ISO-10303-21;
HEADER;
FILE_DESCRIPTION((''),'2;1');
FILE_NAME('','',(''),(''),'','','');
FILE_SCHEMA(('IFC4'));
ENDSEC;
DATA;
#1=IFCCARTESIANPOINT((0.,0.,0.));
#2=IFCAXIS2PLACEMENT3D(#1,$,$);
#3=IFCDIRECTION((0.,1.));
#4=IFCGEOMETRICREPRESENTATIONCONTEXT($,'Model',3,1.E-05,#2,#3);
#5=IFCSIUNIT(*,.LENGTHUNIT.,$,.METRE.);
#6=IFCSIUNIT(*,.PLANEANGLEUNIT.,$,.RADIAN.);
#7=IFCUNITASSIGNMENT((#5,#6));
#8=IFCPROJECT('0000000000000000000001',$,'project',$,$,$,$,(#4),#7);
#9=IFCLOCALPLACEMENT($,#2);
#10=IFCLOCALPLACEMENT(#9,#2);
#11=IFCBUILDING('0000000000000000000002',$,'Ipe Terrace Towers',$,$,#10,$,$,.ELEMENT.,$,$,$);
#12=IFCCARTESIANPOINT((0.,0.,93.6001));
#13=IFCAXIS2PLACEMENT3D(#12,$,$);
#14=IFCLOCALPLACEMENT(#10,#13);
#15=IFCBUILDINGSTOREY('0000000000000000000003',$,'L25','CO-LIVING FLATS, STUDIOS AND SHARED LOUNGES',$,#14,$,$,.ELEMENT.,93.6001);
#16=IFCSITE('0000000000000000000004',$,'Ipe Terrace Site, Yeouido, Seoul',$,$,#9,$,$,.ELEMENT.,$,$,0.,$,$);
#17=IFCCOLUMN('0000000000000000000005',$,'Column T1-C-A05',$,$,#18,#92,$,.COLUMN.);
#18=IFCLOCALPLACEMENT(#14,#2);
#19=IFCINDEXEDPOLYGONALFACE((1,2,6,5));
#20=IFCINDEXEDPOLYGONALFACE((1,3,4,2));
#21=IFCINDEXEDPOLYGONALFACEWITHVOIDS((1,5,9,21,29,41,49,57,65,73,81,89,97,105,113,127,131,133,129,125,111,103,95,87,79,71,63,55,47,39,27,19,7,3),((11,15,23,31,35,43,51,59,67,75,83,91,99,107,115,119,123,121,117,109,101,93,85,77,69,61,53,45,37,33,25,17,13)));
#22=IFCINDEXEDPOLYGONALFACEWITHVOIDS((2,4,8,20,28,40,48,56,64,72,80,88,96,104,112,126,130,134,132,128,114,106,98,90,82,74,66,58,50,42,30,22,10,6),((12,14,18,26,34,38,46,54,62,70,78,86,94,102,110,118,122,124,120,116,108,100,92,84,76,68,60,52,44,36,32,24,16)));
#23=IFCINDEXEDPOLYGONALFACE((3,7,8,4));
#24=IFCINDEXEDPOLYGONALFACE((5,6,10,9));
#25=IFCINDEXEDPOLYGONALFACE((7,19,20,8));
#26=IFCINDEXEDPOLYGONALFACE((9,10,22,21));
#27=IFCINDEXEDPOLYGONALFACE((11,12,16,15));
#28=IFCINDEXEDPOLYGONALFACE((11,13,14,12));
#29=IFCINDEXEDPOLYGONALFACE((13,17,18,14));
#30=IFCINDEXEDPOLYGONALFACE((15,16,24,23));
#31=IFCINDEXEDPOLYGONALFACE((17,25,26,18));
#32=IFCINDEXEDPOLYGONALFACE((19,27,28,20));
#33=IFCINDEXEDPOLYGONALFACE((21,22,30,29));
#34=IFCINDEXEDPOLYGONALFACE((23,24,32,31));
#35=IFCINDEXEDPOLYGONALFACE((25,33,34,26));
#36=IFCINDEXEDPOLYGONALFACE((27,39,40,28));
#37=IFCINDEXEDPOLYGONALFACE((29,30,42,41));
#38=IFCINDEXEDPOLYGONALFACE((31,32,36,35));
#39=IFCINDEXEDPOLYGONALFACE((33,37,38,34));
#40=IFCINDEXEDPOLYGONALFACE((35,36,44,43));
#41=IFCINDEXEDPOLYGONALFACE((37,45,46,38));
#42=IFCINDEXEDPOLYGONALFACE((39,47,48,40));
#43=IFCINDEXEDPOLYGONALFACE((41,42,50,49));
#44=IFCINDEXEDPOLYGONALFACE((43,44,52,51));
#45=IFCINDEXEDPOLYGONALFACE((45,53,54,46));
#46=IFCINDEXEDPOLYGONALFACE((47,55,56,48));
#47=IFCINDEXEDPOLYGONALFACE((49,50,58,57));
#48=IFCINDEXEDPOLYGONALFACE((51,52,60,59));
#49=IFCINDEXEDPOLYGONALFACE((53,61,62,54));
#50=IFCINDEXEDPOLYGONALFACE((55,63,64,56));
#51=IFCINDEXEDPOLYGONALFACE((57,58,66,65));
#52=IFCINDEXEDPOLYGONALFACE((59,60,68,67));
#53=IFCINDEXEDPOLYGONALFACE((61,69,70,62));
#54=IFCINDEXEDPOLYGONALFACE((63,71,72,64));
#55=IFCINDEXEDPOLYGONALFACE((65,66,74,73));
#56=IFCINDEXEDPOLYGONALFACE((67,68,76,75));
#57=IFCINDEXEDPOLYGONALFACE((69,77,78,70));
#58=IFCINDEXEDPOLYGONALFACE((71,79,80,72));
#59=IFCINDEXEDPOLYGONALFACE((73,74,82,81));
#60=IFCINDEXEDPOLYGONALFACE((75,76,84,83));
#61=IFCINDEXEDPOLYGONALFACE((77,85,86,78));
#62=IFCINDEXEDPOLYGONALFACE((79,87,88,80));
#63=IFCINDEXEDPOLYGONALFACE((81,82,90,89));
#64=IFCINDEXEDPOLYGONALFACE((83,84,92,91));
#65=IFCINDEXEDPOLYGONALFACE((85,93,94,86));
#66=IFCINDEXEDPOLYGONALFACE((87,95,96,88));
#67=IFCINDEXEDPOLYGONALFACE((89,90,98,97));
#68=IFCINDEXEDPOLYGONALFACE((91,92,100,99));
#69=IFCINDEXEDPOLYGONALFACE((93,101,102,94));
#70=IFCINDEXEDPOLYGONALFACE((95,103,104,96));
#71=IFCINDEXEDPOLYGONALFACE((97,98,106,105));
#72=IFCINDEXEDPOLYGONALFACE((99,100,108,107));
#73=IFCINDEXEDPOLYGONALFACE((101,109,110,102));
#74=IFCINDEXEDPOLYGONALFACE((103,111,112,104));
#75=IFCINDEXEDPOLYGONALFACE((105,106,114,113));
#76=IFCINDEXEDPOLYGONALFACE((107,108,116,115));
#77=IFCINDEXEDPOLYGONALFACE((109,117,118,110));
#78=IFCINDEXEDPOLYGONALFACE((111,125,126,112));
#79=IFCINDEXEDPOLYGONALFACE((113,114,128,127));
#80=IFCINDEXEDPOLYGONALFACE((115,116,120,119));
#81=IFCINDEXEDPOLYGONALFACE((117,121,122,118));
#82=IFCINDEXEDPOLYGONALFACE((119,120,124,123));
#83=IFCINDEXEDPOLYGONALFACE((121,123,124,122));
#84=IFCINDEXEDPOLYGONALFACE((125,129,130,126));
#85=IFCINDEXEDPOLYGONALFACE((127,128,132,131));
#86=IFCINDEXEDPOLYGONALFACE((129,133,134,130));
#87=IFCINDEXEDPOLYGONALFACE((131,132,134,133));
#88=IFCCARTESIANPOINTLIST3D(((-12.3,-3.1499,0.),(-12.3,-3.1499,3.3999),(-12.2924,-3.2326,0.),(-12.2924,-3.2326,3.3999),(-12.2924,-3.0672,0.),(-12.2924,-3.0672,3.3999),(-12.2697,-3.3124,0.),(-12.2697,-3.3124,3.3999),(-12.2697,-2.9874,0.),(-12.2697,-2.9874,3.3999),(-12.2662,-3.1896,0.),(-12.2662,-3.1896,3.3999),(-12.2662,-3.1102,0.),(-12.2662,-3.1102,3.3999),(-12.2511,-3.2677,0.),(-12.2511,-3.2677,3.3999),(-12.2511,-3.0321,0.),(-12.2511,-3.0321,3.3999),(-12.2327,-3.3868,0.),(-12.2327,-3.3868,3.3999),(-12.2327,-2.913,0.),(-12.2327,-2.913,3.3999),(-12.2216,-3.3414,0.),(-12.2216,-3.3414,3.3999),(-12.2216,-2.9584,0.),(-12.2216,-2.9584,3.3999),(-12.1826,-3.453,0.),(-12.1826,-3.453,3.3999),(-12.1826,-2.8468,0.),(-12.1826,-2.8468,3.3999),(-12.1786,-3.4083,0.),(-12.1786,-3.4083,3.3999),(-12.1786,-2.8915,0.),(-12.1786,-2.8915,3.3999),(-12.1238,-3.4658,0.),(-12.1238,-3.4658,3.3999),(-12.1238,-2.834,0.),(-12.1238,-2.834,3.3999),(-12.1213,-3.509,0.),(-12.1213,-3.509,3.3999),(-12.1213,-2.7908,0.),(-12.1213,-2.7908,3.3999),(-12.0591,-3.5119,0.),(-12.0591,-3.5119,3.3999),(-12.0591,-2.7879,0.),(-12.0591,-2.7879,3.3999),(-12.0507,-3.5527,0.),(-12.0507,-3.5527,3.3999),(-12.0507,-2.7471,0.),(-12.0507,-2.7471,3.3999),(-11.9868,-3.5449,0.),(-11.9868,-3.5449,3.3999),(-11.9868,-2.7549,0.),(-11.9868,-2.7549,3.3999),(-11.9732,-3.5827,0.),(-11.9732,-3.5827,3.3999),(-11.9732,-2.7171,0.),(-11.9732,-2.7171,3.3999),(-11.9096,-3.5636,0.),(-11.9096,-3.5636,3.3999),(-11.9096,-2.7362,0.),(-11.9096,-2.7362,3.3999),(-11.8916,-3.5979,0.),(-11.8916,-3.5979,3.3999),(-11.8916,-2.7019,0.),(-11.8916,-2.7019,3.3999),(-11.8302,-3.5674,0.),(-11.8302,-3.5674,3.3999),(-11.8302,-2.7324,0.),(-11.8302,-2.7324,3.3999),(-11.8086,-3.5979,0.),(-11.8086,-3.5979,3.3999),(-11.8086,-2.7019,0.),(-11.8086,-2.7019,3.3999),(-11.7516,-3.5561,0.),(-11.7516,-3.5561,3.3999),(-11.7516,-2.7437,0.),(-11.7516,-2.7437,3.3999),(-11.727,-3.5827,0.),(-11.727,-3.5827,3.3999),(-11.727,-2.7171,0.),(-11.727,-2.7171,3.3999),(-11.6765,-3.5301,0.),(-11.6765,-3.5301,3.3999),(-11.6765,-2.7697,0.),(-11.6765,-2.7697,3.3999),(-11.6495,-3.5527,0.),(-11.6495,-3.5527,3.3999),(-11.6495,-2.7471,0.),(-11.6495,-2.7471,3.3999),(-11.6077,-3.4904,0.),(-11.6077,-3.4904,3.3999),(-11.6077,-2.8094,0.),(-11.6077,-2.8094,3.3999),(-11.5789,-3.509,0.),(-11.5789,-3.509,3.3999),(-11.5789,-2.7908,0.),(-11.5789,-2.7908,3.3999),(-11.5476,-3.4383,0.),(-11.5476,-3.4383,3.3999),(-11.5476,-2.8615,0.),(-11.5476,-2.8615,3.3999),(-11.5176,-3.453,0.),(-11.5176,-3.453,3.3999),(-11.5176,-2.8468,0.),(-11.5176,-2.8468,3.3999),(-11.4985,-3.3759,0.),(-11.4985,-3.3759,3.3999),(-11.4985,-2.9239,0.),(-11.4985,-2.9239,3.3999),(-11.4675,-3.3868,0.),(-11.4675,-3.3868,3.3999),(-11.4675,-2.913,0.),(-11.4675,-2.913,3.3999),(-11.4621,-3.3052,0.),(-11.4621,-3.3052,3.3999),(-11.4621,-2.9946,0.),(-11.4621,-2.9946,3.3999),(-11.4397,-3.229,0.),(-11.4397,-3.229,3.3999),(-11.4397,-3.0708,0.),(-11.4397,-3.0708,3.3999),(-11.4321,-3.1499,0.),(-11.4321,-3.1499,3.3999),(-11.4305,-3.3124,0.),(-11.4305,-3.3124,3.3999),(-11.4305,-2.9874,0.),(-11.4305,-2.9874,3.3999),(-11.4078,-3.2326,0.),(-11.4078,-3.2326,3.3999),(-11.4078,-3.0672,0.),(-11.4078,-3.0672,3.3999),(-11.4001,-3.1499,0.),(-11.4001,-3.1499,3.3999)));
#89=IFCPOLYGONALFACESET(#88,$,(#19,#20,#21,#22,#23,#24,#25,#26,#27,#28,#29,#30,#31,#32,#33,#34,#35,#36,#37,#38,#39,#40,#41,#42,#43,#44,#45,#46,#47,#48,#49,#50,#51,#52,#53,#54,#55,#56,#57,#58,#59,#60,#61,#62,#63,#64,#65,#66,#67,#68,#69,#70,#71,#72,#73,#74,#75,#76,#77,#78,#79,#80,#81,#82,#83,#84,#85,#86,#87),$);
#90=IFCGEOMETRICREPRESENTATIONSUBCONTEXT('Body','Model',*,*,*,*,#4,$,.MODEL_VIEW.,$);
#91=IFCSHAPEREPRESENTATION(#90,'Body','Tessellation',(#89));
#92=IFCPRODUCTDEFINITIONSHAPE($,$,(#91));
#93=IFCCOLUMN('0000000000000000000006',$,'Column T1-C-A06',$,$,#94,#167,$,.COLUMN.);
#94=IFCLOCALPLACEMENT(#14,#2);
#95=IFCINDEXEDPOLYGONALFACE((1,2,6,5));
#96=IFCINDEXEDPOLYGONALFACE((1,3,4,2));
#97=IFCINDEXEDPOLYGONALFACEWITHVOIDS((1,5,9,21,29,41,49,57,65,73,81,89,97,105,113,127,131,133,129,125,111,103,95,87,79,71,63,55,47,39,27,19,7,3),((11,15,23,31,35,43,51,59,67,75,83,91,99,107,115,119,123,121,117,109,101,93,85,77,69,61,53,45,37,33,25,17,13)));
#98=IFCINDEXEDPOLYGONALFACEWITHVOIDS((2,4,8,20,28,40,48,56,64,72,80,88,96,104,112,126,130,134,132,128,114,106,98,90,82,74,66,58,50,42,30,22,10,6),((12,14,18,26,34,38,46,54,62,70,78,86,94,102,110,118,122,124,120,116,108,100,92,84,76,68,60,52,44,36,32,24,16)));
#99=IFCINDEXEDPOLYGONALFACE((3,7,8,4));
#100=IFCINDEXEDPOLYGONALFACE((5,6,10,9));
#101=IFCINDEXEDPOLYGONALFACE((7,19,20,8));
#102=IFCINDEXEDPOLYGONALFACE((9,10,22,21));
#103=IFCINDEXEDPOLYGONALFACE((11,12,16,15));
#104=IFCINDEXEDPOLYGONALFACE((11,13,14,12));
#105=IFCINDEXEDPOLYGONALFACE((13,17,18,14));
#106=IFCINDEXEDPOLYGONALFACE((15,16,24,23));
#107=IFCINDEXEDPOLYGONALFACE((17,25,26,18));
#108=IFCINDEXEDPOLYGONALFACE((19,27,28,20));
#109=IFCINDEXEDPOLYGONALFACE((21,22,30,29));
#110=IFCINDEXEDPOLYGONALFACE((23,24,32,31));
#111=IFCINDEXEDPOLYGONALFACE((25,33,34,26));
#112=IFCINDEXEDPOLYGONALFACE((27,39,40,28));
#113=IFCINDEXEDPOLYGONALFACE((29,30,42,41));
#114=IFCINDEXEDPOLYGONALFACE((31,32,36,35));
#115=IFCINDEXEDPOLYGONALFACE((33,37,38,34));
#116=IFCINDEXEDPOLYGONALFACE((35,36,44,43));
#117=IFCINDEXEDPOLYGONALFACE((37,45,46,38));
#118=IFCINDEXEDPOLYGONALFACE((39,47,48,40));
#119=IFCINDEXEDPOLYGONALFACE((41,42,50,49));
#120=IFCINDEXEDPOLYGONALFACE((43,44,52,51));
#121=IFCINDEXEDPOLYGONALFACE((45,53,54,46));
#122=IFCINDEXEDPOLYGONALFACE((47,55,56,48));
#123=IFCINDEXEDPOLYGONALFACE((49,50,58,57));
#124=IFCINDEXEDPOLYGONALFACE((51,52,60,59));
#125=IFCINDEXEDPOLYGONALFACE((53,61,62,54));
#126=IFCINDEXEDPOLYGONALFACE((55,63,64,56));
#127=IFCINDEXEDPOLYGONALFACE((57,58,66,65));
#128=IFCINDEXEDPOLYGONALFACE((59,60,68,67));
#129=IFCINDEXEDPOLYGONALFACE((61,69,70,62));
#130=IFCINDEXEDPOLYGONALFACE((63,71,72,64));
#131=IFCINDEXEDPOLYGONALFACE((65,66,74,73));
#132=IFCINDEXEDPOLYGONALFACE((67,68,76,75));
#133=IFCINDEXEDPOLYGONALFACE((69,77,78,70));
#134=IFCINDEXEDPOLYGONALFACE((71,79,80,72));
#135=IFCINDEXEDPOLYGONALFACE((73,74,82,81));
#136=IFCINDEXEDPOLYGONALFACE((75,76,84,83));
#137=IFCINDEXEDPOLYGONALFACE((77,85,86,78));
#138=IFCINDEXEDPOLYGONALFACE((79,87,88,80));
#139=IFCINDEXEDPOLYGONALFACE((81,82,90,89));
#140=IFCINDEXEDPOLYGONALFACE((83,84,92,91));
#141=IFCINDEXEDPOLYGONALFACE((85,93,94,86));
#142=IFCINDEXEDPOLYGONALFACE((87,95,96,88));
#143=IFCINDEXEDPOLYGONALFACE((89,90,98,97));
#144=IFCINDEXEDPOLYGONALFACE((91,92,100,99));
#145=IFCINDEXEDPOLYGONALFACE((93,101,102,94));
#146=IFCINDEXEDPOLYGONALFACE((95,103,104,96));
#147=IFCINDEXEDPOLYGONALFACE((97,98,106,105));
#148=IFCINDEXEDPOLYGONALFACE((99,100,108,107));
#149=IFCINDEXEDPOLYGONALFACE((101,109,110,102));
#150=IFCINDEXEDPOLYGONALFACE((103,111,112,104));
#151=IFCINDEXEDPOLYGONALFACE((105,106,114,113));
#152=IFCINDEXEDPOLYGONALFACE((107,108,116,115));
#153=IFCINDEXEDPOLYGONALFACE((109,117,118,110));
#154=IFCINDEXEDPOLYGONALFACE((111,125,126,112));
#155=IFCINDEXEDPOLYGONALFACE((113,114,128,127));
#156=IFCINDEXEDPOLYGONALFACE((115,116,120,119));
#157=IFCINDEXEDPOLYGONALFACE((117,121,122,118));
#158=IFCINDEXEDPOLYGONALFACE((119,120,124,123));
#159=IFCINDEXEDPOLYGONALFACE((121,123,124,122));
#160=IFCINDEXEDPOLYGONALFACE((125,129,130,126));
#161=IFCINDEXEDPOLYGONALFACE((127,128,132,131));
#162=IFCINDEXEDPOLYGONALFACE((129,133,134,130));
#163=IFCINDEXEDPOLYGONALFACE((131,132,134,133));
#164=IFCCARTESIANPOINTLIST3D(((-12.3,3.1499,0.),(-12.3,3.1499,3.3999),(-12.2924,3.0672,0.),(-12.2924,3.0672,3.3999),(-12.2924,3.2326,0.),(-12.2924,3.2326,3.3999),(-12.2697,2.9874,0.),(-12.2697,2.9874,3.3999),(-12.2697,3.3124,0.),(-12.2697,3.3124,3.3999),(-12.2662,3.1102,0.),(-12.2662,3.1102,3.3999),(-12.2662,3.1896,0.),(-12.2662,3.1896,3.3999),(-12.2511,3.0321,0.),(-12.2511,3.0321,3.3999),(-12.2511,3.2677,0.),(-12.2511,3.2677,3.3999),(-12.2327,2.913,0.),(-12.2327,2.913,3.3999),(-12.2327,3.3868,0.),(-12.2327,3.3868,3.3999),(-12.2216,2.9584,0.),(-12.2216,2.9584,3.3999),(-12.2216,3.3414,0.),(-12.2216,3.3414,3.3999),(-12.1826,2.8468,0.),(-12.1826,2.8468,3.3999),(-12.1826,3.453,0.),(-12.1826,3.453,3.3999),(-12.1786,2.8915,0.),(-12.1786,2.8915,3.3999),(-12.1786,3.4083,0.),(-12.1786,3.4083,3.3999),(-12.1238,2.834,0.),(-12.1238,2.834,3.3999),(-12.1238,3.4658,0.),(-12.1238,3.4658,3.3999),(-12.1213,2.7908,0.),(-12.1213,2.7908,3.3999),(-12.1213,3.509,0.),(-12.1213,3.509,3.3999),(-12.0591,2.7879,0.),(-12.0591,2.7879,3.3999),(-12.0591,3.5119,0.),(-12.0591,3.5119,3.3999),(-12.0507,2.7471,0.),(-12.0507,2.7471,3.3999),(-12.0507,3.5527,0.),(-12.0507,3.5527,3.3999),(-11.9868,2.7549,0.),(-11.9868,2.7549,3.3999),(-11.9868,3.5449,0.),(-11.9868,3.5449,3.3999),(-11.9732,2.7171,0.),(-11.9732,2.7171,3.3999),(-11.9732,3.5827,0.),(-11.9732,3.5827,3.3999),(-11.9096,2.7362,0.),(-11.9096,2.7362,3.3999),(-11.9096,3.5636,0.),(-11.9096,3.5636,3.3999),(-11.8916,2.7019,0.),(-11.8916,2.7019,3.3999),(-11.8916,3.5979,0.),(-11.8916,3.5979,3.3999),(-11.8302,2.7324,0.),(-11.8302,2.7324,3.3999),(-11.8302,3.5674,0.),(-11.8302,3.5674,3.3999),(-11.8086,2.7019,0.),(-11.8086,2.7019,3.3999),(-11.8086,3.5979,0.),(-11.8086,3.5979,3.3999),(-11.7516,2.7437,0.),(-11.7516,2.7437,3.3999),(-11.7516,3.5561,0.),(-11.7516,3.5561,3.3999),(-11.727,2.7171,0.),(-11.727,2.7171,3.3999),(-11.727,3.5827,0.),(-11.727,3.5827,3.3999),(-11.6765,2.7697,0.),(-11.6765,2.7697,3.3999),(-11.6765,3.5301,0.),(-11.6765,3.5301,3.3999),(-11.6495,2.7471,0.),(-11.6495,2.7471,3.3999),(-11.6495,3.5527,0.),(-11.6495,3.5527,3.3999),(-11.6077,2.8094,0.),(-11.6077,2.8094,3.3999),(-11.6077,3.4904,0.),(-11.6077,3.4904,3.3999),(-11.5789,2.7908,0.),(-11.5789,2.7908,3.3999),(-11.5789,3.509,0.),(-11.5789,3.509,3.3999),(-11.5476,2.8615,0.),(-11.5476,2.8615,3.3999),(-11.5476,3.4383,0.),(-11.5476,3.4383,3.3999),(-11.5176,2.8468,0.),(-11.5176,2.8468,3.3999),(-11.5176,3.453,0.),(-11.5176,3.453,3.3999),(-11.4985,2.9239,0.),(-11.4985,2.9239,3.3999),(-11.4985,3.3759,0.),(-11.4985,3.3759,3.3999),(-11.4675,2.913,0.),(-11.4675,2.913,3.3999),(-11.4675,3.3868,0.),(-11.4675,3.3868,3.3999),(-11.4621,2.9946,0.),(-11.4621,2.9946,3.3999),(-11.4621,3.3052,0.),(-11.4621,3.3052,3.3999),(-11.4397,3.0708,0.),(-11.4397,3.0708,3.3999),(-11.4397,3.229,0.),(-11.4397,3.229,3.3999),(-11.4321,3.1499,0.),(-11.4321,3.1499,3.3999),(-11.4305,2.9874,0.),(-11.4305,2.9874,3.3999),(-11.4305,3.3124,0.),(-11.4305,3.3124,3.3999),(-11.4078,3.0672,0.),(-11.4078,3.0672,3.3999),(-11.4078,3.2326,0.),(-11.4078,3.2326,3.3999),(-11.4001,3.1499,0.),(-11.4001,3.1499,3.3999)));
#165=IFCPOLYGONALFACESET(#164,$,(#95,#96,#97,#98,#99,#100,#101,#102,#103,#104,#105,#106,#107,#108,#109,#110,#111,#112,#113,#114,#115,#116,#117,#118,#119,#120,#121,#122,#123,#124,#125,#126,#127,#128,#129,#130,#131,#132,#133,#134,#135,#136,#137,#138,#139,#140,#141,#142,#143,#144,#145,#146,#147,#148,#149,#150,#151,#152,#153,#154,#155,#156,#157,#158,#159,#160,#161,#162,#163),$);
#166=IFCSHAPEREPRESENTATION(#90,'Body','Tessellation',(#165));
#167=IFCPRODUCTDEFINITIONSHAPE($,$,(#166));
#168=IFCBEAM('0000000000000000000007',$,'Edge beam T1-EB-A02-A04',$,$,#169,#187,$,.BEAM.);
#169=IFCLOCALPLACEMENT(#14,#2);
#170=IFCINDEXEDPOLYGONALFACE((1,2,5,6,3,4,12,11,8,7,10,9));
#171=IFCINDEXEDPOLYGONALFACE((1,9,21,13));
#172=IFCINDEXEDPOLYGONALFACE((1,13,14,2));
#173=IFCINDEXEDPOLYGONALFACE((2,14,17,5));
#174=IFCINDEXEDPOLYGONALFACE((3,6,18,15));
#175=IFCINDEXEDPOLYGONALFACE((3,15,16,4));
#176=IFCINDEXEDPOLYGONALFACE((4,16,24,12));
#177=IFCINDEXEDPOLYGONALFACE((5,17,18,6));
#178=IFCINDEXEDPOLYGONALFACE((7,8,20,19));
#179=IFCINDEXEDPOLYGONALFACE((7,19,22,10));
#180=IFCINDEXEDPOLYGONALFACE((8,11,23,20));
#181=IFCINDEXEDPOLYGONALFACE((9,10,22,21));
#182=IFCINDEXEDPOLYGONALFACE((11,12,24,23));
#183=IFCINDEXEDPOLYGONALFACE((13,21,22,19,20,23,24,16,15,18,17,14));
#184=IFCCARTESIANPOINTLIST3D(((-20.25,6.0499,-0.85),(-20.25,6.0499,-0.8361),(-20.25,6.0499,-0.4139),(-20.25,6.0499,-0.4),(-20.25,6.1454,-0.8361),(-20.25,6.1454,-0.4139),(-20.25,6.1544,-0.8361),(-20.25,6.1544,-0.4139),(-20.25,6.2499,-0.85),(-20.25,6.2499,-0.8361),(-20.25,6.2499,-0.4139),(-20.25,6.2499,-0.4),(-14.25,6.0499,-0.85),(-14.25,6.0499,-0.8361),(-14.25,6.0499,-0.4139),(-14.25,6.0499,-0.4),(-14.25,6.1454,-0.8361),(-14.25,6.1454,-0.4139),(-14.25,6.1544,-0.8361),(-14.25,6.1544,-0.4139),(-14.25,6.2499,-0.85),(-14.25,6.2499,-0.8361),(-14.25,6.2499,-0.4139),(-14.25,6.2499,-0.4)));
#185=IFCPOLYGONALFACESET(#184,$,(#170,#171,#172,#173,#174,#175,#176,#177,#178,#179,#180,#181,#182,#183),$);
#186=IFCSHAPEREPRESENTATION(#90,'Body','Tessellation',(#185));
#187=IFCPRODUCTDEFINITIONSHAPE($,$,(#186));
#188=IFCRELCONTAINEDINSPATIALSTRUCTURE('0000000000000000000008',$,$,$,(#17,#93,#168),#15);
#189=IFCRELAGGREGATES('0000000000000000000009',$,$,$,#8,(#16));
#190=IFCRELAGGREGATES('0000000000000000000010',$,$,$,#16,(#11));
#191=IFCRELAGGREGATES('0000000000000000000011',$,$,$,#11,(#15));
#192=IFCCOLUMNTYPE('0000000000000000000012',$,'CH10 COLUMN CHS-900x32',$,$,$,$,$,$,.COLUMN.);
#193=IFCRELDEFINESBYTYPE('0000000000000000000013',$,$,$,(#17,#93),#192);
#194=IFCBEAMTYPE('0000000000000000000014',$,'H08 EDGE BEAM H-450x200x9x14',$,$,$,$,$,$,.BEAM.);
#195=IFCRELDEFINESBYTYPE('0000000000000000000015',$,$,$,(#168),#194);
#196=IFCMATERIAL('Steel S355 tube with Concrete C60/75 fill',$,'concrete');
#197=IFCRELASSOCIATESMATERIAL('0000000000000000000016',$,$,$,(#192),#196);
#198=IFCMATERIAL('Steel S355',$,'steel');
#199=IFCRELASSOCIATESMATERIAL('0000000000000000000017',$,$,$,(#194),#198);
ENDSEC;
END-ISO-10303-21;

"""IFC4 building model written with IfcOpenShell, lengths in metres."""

from ifc_helpers import new_model, si_unit, direction, frame, origin, origin_2d, place, context, subcontext, project, spatial, hollow_circle, i_section, extrude, material, material_profile, profile_set, type_object, element, save


model = new_model("IFC4")

# Units and contexts
model_context = context("Model", 3, precision=1e-05, world=origin(), true_north=direction((0.0, 1.0)))
body_context = subcontext(model_context, "Body", "Model", "MODEL_VIEW")
ifc_project = project(units=[si_unit("LENGTHUNIT", "METRE"), si_unit("PLANEANGLEUNIT", "RADIAN")], contexts=[model_context])

# Site, building, storey
site_placement = place(None, origin())
site = spatial("IfcSite", under=ifc_project, at=site_placement, Name="Ipe Terrace Site, Yeouido, Seoul", CompositionType="ELEMENT", RefElevation=0.0)
building_placement = place(site_placement, origin())
building = spatial("IfcBuilding", under=site, at=building_placement, Name="Ipe Terrace Towers", CompositionType="ELEMENT")
storey_placement = place(building_placement, frame((0.0, 0.0, 93.6001)))
storey = spatial("IfcBuildingStorey", under=building, at=storey_placement, Name="L25", Description="CO-LIVING FLATS, STUDIOS AND SHARED LOUNGES", CompositionType="ELEMENT", Elevation=93.6001)

# Columns
ifc_material_1 = material(Name="Steel S355 tube with Concrete C60/75 fill", Category="concrete")
ifc_material_profile_1 = material_profile(ifc_material_1, hollow_circle(Radius=0.45, WallThickness=0.032, at=origin_2d()), Name="CHS-900x32")
ifc_profile_set_1 = profile_set([ifc_material_profile_1], Name="Steel S355 tube with Concrete C60/75 fill")
column_type = type_object("IfcColumnType", Name="CH10 COLUMN CHS-900x32", PredefinedType="COLUMN", material=ifc_profile_set_1)
for number, where, z_axis, x_axis, name in (
    (1, (-11.8501, -3.1499, 0.0), (0.0, 0.0, 1.0), (1.0, 0.0, 0.0), "Column T1-C-A05"),
    (2, (-11.8501, 3.1499, 0.0), (0.0, 0.0, 1.0), (1.0, 0.0, 0.0), "Column T1-C-A06"),
):
    element("IfcColumn", number, at=place(storey_placement, frame(where, z_axis=z_axis, x_axis=x_axis)), inside=storey, type_object=column_type, Name=name, PredefinedType="COLUMN", context=body_context, shape_type="SweptSolid", body=[
        extrude(hollow_circle(Radius=0.45, WallThickness=0.032, at=origin_2d()), origin(), (0.0, 0.0, 1.0), 3.3999),
    ])

# Beam
ifc_material_2 = material(Name="Steel S355", Category="steel")
ifc_material_profile_2 = material_profile(ifc_material_2, i_section(OverallWidth=0.2, OverallDepth=0.45, WebThickness=0.009, FlangeThickness=0.0139, at=origin_2d()), Name="H-450x200x9x14")
ifc_profile_set_2 = profile_set([ifc_material_profile_2], Name="Steel S355")
beam_type = type_object("IfcBeamType", Name="H08 EDGE BEAM H-450x200x9x14", PredefinedType="BEAM", material=ifc_profile_set_2)
beam_1_placement = place(storey_placement, frame((-20.25, 6.1499, -0.625), z_axis=(1.0, 0.0, 0.0), x_axis=(0.0, 1.0, 0.0)))
element("IfcBeam", 3, at=beam_1_placement, inside=storey, type_object=beam_type, Name="Edge beam T1-EB-A02-A04", PredefinedType="BEAM", context=body_context, shape_type="SweptSolid", body=[
    extrude(i_section(OverallWidth=0.2, OverallDepth=0.45, WebThickness=0.009, FlangeThickness=0.0139, at=origin_2d()), origin(), (0.0, 0.0, 1.0), 6.0),
])

save(model, "model.ifc")
